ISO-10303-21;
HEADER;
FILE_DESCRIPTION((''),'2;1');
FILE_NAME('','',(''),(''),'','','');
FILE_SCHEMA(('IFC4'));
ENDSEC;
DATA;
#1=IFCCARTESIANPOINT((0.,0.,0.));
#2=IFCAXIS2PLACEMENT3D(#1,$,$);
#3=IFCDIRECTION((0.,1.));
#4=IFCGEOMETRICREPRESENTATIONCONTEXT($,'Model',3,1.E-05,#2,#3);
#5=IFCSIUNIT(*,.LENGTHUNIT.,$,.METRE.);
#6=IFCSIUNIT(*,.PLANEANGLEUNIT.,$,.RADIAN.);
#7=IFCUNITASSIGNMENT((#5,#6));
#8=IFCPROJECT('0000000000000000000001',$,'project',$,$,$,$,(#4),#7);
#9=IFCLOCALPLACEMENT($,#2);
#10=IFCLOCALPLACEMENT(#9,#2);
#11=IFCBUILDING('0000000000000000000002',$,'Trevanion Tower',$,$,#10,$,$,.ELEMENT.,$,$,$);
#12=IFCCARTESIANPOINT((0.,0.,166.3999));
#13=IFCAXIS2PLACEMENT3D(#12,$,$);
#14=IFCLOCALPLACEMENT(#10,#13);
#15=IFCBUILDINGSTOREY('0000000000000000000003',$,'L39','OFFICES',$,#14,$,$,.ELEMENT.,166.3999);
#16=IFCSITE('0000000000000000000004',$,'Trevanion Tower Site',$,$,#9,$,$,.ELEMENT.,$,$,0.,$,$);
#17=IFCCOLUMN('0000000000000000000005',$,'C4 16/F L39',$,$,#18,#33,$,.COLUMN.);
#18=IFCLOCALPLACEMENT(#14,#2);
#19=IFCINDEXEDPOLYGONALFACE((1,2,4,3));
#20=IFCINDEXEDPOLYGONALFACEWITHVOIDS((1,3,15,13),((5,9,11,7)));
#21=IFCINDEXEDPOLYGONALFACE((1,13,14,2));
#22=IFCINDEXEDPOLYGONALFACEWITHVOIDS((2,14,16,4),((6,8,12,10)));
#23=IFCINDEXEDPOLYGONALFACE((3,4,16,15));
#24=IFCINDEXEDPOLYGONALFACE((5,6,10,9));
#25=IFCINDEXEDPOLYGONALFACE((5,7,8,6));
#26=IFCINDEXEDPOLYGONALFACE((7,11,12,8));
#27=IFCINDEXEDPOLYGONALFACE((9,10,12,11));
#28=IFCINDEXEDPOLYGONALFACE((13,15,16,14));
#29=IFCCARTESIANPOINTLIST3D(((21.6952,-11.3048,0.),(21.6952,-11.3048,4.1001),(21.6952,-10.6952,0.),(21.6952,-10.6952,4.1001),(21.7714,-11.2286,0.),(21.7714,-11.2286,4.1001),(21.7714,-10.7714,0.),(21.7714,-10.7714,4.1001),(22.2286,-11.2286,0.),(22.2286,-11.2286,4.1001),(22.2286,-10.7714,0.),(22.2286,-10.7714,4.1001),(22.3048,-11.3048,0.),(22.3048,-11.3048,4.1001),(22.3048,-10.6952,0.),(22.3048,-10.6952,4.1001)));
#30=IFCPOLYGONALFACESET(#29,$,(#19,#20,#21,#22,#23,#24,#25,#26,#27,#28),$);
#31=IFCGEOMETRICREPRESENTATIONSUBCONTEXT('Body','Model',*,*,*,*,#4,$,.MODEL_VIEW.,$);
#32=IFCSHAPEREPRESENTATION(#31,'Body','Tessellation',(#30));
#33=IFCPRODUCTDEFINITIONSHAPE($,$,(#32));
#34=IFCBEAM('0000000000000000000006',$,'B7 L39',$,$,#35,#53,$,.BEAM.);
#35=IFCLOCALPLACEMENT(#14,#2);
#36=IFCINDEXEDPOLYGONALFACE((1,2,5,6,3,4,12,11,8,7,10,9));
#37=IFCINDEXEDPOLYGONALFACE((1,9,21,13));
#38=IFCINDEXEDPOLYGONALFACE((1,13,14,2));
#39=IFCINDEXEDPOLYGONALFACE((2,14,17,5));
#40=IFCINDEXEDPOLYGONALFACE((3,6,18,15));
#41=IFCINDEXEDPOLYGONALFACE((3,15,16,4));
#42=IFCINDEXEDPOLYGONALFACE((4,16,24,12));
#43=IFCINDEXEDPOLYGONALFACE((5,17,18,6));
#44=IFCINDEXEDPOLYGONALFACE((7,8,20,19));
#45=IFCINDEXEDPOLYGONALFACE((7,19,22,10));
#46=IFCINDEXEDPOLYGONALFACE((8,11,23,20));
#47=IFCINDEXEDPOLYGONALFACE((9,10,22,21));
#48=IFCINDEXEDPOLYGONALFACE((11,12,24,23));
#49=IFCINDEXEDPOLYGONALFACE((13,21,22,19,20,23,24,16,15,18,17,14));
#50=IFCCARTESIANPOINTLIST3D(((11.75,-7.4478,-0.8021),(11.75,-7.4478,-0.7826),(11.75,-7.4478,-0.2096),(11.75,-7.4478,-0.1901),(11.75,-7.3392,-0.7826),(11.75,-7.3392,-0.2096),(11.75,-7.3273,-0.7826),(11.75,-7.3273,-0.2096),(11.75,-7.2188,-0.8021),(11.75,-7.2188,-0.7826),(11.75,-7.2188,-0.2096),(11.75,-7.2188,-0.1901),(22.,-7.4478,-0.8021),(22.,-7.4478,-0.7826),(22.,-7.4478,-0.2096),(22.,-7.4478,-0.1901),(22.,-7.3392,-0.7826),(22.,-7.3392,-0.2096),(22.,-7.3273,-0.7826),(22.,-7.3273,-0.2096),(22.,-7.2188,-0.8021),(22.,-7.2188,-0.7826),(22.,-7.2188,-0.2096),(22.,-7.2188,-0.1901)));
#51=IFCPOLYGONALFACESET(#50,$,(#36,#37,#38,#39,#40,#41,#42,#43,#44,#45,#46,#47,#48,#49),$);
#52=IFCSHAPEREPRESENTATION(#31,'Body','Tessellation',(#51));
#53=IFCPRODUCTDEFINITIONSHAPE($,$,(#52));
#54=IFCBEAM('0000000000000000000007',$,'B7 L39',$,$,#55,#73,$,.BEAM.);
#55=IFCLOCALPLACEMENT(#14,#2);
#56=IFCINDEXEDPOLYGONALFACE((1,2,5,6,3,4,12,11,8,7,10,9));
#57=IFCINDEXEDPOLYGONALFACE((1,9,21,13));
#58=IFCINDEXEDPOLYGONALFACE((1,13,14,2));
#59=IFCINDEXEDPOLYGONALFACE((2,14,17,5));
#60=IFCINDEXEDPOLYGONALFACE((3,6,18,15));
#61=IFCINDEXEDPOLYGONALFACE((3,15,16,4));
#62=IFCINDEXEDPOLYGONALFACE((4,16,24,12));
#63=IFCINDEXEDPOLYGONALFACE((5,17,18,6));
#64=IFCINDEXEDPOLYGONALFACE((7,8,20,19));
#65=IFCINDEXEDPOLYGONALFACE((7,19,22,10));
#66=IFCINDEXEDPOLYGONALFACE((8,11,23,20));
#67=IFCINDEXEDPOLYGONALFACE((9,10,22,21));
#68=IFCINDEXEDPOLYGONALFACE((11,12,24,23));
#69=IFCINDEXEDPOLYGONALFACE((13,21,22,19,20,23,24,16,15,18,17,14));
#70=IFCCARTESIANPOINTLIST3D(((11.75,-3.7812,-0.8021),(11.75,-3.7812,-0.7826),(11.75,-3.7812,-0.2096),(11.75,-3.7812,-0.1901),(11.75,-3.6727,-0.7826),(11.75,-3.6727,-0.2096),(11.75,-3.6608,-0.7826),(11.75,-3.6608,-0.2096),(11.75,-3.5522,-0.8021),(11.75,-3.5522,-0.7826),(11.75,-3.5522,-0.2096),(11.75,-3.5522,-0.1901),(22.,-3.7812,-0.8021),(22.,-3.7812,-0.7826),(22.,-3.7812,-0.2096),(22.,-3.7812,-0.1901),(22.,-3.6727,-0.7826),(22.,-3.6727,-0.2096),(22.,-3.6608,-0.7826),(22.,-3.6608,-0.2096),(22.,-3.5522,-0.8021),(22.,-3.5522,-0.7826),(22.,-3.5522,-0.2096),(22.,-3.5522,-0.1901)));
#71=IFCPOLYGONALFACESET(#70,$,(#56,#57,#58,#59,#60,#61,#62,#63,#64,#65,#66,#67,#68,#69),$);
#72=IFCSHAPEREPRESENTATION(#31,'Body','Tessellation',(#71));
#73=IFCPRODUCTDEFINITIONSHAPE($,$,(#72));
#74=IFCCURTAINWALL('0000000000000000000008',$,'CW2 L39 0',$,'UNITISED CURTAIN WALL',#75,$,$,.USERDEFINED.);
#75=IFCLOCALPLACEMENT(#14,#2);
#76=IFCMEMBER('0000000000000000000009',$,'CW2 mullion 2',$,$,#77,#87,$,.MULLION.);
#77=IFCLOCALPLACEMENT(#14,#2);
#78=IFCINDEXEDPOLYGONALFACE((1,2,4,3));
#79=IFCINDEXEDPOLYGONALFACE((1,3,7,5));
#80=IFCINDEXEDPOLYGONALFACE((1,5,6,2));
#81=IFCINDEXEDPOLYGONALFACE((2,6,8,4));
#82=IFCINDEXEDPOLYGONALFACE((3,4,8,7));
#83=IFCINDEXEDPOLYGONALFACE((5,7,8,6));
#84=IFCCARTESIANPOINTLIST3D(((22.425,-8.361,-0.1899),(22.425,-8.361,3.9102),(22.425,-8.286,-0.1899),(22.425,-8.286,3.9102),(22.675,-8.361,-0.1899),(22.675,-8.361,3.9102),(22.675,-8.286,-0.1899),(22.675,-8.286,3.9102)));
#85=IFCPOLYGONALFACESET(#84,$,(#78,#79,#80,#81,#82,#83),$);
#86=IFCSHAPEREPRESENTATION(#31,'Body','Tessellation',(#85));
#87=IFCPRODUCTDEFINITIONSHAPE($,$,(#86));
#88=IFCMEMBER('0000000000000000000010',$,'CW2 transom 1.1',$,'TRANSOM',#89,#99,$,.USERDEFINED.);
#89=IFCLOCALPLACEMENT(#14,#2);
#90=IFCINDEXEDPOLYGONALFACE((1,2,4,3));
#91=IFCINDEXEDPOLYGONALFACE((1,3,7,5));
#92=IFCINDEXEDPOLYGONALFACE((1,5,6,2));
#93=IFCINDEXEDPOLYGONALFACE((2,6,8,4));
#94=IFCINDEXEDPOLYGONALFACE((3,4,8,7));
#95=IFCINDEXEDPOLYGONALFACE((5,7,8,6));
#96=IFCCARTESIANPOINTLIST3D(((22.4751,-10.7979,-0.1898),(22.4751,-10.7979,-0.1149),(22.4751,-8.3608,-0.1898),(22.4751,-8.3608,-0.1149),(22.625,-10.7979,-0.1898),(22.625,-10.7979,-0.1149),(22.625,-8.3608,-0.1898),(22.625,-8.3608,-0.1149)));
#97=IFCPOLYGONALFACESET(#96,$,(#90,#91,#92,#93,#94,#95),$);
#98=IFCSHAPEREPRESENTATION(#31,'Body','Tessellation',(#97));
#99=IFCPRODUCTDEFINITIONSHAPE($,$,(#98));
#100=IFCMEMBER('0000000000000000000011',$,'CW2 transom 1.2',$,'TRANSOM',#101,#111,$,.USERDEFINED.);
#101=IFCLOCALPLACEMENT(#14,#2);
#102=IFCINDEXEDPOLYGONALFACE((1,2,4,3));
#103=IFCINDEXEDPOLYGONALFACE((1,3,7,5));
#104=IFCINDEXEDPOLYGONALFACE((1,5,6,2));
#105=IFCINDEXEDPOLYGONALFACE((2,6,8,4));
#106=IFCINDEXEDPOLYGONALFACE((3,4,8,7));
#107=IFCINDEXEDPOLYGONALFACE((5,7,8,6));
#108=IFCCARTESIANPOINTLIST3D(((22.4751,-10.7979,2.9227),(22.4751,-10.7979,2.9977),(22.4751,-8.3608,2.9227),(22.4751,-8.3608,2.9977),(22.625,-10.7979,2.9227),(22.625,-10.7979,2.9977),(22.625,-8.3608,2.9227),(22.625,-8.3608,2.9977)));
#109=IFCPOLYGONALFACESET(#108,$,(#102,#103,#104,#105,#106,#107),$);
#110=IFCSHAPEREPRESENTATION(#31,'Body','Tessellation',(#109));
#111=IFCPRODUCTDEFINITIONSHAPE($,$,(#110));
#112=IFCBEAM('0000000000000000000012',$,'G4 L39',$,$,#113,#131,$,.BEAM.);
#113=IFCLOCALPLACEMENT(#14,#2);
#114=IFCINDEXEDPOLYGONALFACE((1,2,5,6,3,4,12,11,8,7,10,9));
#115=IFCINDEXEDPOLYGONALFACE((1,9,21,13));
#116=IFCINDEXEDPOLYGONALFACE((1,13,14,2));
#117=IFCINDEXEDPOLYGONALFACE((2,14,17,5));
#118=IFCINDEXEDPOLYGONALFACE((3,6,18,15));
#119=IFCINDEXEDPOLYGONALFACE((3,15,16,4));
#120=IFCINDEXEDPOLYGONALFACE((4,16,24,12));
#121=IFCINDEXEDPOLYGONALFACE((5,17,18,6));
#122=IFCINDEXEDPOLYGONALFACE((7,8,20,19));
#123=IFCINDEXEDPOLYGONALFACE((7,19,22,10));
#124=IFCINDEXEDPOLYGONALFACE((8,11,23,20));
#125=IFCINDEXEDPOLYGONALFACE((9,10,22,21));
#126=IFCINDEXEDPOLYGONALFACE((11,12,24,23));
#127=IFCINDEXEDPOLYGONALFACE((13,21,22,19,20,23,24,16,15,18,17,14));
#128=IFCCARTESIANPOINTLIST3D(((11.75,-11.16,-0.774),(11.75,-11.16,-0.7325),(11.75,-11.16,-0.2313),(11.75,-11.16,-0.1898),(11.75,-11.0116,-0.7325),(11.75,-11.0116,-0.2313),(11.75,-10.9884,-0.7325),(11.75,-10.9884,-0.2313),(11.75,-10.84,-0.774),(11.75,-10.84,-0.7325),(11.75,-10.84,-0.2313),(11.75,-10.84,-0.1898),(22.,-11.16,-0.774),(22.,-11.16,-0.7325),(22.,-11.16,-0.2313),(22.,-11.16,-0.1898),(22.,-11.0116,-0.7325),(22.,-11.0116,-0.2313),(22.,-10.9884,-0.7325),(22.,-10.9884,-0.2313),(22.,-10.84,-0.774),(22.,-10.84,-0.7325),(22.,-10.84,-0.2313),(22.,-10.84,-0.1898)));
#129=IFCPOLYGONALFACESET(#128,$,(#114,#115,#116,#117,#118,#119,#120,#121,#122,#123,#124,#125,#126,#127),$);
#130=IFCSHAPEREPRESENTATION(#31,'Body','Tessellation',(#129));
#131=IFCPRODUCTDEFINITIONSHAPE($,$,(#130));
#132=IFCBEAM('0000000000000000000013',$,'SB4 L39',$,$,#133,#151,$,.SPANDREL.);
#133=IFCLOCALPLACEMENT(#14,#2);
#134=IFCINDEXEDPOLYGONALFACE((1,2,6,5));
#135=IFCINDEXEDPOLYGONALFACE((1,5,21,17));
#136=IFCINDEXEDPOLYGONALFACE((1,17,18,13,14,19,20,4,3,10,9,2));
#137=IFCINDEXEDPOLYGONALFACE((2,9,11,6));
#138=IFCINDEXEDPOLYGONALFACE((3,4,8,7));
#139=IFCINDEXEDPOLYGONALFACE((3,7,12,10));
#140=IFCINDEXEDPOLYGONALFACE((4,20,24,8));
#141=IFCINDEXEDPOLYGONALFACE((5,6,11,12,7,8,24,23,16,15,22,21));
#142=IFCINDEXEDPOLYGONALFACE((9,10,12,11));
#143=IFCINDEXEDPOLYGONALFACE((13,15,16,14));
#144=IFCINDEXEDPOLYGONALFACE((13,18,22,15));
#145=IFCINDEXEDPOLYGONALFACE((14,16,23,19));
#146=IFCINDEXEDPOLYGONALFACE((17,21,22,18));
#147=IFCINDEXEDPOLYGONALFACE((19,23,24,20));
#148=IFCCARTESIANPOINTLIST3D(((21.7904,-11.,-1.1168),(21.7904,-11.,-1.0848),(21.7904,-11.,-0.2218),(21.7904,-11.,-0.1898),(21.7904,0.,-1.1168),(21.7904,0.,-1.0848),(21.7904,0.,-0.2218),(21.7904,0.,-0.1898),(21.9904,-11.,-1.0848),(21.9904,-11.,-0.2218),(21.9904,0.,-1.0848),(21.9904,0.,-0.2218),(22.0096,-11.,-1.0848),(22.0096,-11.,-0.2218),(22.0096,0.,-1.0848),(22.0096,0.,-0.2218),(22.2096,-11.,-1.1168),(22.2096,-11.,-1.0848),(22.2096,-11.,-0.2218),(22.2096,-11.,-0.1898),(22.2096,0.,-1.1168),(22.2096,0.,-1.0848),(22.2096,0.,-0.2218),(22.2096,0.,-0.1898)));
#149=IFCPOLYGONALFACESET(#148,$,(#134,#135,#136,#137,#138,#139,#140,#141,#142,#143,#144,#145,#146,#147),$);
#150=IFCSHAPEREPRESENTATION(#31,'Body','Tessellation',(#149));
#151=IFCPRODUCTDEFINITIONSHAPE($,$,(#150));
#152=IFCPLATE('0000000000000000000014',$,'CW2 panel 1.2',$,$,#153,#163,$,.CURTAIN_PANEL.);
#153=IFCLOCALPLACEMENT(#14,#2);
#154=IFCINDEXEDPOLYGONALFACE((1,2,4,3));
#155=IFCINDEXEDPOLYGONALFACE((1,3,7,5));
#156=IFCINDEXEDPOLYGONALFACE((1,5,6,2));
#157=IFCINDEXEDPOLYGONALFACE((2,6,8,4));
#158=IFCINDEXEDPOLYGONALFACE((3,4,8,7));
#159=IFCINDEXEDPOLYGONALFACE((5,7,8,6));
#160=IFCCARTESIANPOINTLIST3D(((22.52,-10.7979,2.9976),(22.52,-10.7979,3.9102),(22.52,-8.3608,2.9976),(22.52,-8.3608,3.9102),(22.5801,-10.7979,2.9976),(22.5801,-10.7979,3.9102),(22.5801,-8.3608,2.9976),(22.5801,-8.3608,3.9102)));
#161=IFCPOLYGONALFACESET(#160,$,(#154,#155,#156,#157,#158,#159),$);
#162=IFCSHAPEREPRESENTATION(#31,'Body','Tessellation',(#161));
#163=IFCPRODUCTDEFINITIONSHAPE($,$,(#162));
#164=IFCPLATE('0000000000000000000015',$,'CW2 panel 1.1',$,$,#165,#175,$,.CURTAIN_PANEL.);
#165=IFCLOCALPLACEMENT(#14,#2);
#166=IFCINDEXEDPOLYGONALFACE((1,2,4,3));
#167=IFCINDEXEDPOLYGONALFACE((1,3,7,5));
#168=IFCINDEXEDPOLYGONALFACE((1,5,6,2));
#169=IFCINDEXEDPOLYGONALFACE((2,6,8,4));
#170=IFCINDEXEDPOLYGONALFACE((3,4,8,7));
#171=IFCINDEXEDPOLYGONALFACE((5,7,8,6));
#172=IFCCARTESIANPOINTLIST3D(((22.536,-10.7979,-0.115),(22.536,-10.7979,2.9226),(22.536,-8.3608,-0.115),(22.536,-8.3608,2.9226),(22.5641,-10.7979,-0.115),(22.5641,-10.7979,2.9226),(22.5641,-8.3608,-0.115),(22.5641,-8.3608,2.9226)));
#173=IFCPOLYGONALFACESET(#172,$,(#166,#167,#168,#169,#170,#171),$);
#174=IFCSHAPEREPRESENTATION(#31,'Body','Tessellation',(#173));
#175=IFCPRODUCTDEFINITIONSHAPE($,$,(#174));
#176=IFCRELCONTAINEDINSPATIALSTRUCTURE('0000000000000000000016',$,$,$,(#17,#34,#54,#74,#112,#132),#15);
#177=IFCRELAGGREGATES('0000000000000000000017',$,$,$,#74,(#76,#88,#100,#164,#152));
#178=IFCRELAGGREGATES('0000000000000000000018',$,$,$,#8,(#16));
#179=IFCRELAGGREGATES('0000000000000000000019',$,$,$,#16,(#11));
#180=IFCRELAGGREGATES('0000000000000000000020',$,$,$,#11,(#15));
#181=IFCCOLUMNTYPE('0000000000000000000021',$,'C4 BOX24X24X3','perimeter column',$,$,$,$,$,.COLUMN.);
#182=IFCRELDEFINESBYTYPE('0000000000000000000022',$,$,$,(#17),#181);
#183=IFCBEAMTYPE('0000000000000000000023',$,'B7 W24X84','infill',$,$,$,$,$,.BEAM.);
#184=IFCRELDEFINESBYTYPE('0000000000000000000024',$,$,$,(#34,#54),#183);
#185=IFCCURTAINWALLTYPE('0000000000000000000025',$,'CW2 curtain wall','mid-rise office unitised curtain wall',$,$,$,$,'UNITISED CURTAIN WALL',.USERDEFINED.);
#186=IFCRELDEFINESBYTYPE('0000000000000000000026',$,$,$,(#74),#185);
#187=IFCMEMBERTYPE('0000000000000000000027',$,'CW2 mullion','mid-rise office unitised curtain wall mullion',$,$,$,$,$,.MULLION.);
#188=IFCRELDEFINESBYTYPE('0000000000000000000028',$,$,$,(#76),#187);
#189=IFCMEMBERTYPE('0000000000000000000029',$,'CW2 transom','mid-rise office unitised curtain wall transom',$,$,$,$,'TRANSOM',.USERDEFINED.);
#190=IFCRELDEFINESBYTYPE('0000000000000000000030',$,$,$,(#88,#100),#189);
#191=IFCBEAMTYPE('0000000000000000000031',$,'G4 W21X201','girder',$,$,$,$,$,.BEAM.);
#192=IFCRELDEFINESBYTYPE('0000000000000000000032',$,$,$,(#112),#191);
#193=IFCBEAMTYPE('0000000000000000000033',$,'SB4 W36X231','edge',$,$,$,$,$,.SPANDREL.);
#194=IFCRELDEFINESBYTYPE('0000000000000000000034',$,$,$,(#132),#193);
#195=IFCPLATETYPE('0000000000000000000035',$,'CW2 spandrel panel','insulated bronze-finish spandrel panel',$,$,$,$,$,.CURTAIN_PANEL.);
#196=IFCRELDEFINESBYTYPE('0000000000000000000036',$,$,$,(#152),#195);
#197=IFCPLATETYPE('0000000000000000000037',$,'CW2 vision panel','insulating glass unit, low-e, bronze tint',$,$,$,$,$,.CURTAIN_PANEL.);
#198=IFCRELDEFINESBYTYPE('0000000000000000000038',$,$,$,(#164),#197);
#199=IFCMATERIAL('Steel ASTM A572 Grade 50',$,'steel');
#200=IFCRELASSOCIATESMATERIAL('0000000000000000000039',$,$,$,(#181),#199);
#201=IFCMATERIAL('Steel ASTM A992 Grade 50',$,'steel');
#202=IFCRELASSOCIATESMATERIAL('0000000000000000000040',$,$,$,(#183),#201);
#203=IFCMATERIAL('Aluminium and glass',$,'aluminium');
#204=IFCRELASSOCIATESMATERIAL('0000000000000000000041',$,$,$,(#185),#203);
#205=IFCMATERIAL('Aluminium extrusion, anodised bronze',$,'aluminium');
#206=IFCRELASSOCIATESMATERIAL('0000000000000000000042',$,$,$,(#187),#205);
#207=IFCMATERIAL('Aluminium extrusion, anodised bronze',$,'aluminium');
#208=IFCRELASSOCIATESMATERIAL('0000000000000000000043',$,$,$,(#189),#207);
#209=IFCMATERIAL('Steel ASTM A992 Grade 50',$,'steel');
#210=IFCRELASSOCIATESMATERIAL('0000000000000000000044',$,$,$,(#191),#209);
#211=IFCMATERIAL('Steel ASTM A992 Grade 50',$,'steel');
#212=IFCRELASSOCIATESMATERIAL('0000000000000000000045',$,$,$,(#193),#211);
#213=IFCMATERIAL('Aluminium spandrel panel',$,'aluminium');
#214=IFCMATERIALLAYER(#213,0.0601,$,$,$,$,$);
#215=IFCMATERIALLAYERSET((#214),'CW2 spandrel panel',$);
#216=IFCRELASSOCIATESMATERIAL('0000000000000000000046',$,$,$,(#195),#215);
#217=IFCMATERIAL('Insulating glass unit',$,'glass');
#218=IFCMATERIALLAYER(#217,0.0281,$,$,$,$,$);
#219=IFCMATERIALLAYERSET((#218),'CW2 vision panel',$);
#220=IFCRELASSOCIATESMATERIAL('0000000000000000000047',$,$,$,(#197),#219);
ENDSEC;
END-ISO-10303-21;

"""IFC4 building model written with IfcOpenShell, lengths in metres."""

from ifc_helpers import new_model, si_unit, direction, frame, origin, origin_2d, place, context, subcontext, project, spatial, rectangle, hollow_rectangle, i_section, extrude, material, layer, layer_set, material_profile, profile_set, type_object, element, aggregate, save


model = new_model("IFC4")

# Units and contexts
model_context = context("Model", 3, precision=1e-05, world=origin(), true_north=direction((0.0, 1.0)))
body_context = subcontext(model_context, "Body", "Model", "MODEL_VIEW")
ifc_project = project(units=[si_unit("LENGTHUNIT", "METRE"), si_unit("PLANEANGLEUNIT", "RADIAN")], contexts=[model_context])

# Site, building, storey
site_placement = place(None, origin())
site = spatial("IfcSite", under=ifc_project, at=site_placement, Name="Trevanion Tower Site", CompositionType="ELEMENT", RefElevation=0.0)
building_placement = place(site_placement, origin())
building = spatial("IfcBuilding", under=site, at=building_placement, Name="Trevanion Tower", CompositionType="ELEMENT")
storey_placement = place(building_placement, frame((0.0, 0.0, 166.3999)))
storey = spatial("IfcBuildingStorey", under=building, at=storey_placement, Name="L39", Description="OFFICES", CompositionType="ELEMENT", Elevation=166.3999)

# Column
ifc_material_1 = material(Name="Steel ASTM A572 Grade 50", Category="steel")
ifc_material_profile_1 = material_profile(ifc_material_1, hollow_rectangle(XDim=0.6096, YDim=0.6096, WallThickness=0.0762, at=origin_2d()), Name="BOX24X24X3")
ifc_profile_set_1 = profile_set([ifc_material_profile_1], Name="Steel ASTM A572 Grade 50")
column_type = type_object("IfcColumnType", Name="C4 BOX24X24X3", Description="perimeter column", PredefinedType="COLUMN", material=ifc_profile_set_1)
column_placement = place(storey_placement, frame((22.0, -11.0, 0.0), z_axis=(0.0, 0.0, 1.0), x_axis=(0.0, 1.0, 0.0)))
element("IfcColumn", 1, at=column_placement, inside=storey, type_object=column_type, Name="C4 16/F L39", PredefinedType="COLUMN", context=body_context, shape_type="SweptSolid", body=[
    extrude(hollow_rectangle(XDim=0.6096, YDim=0.6096, WallThickness=0.0762, at=origin_2d()), origin(), (0.0, 0.0, 1.0), 4.1001),
])

# Beams
ifc_material_2 = material(Name="Steel ASTM A992 Grade 50", Category="steel")
ifc_material_profile_2 = material_profile(ifc_material_2, i_section(OverallWidth=0.229, OverallDepth=0.6121, WebThickness=0.012, FlangeThickness=0.0195, at=origin_2d()), Name="W24X84")
ifc_profile_set_2 = profile_set([ifc_material_profile_2], Name="Steel ASTM A992 Grade 50")
beam_type_1 = type_object("IfcBeamType", Name="B7 W24X84", Description="infill", PredefinedType="BEAM", material=ifc_profile_set_2)
for number, where, z_axis, x_axis, name in (
    (2, (11.75, -7.3333, -0.4961), (1.0, 0.0, 0.0), (0.0, 1.0, 0.0), "B7 L39"),
    (3, (11.75, -3.6667, -0.4961), (1.0, 0.0, 0.0), (0.0, 1.0, 0.0), "B7 L39"),
):
    element("IfcBeam", number, at=place(storey_placement, frame(where, z_axis=z_axis, x_axis=x_axis)), inside=storey, type_object=beam_type_1, Name=name, PredefinedType="BEAM", context=body_context, shape_type="SweptSolid", body=[
        extrude(i_section(OverallWidth=0.229, OverallDepth=0.6121, WebThickness=0.012, FlangeThickness=0.0195, at=origin_2d()), origin(), (0.0, 0.0, 1.0), 10.25),
    ])

# Curtain wall, members
ifc_material_3 = material(Name="Aluminium and glass", Category="aluminium")
curtain_wall_type = type_object("IfcCurtainWallType", Name="CW2 curtain wall", Description="mid-rise office unitised curtain wall", ElementType="UNITISED CURTAIN WALL", PredefinedType="USERDEFINED", material=ifc_material_3)
curtain_wall_placement = place(storey_placement, origin())
curtain_wall = element("IfcCurtainWall", 4, at=curtain_wall_placement, inside=storey, type_object=curtain_wall_type, Name="CW2 L39 0", ObjectType="UNITISED CURTAIN WALL", PredefinedType="USERDEFINED")
ifc_material_4 = material(Name="Aluminium extrusion, anodised bronze", Category="aluminium")
ifc_material_profile_3 = material_profile(ifc_material_4, rectangle(XDim=0.075, YDim=0.25, at=origin_2d()), Name="CW2 mullion")
ifc_profile_set_3 = profile_set([ifc_material_profile_3], Name="Aluminium extrusion, anodised bronze")
member_type_1 = type_object("IfcMemberType", Name="CW2 mullion", Description="mid-rise office unitised curtain wall mullion", PredefinedType="MULLION", material=ifc_profile_set_3)
member_1_placement = place(storey_placement, frame((22.55, -8.3235, -0.1899), z_axis=(0.0, 0.0, 1.0), x_axis=(0.0, 1.0, 0.0)))
member_1 = element("IfcMember", 5, at=member_1_placement, type_object=member_type_1, Name="CW2 mullion 2", PredefinedType="MULLION", context=body_context, shape_type="SweptSolid", body=[
    extrude(rectangle(XDim=0.075, YDim=0.25, at=origin_2d()), origin(), (0.0, 0.0, 1.0), 4.1001),
])
ifc_material_5 = material(Name="Aluminium extrusion, anodised bronze", Category="aluminium")
ifc_material_profile_4 = material_profile(ifc_material_5, rectangle(XDim=0.1499, YDim=0.075, at=origin_2d()), Name="CW2 transom")
ifc_profile_set_4 = profile_set([ifc_material_profile_4], Name="Aluminium extrusion, anodised bronze")
member_type_2 = type_object("IfcMemberType", Name="CW2 transom", Description="mid-rise office unitised curtain wall transom", ElementType="TRANSOM", PredefinedType="USERDEFINED", material=ifc_profile_set_4)
member_2_placement = place(storey_placement, frame((22.55, -10.7979, -0.1523), z_axis=(0.0, 1.0, 0.0), x_axis=(-1.0, 0.0, 0.0)))
member_2 = element("IfcMember", 6, at=member_2_placement, type_object=member_type_2, Name="CW2 transom 1.1", ObjectType="TRANSOM", PredefinedType="USERDEFINED", context=body_context, shape_type="SweptSolid", body=[
    extrude(rectangle(XDim=0.1499, YDim=0.075, at=origin_2d()), origin(), (0.0, 0.0, 1.0), 2.437),
])
member_3_placement = place(storey_placement, frame((22.55, -10.7979, 2.9602), z_axis=(0.0, 1.0, 0.0), x_axis=(-1.0, 0.0, 0.0)))
member_3 = element("IfcMember", 7, at=member_3_placement, type_object=member_type_2, Name="CW2 transom 1.2", ObjectType="TRANSOM", PredefinedType="USERDEFINED", context=body_context, shape_type="SweptSolid", body=[
    extrude(rectangle(XDim=0.1499, YDim=0.075, at=origin_2d()), origin(), (0.0, 0.0, 1.0), 2.437),
])

# Beams
ifc_material_6 = material(Name="Steel ASTM A992 Grade 50", Category="steel")
ifc_material_profile_5 = material_profile(ifc_material_6, i_section(OverallWidth=0.3201, OverallDepth=0.5842, WebThickness=0.0232, FlangeThickness=0.0415, at=origin_2d()), Name="W21X201")
ifc_profile_set_5 = profile_set([ifc_material_profile_5], Name="Steel ASTM A992 Grade 50")
beam_type_2 = type_object("IfcBeamType", Name="G4 W21X201", Description="girder", PredefinedType="BEAM", material=ifc_profile_set_5)
beam_1_placement = place(storey_placement, frame((11.75, -11.0, -0.4819), z_axis=(1.0, 0.0, 0.0), x_axis=(0.0, 1.0, 0.0)))
element("IfcBeam", 8, at=beam_1_placement, inside=storey, type_object=beam_type_2, Name="G4 L39", PredefinedType="BEAM", context=body_context, shape_type="SweptSolid", body=[
    extrude(i_section(OverallWidth=0.3201, OverallDepth=0.5842, WebThickness=0.0232, FlangeThickness=0.0415, at=origin_2d()), origin(), (0.0, 0.0, 1.0), 10.25),
])
ifc_material_7 = material(Name="Steel ASTM A992 Grade 50", Category="steel")
ifc_material_profile_6 = material_profile(ifc_material_7, i_section(OverallWidth=0.4192, OverallDepth=0.927, WebThickness=0.0193, FlangeThickness=0.032, at=origin_2d()), Name="W36X231")
ifc_profile_set_6 = profile_set([ifc_material_profile_6], Name="Steel ASTM A992 Grade 50")
beam_type_3 = type_object("IfcBeamType", Name="SB4 W36X231", Description="edge", PredefinedType="SPANDREL", material=ifc_profile_set_6)
beam_2_placement = place(storey_placement, frame((22.0, -11.0, -0.6533), z_axis=(0.0, 1.0, 0.0), x_axis=(-1.0, 0.0, 0.0)))
element("IfcBeam", 9, at=beam_2_placement, inside=storey, type_object=beam_type_3, Name="SB4 L39", PredefinedType="SPANDREL", context=body_context, shape_type="SweptSolid", body=[
    extrude(i_section(OverallWidth=0.4192, OverallDepth=0.927, WebThickness=0.0193, FlangeThickness=0.032, at=origin_2d()), origin(), (0.0, 0.0, 1.0), 11.0),
])

# Plates
ifc_material_8 = material(Name="Aluminium spandrel panel", Category="aluminium")
ifc_layer_1 = layer(ifc_material_8, 0.0601)
ifc_layer_set_1 = layer_set([ifc_layer_1], Name="CW2 spandrel panel")
plate_type_1 = type_object("IfcPlateType", Name="CW2 spandrel panel", Description="insulated bronze-finish spandrel panel", PredefinedType="CURTAIN_PANEL", material=ifc_layer_set_1)
plate_1_placement = place(storey_placement, frame((22.55, -9.5793, 2.9976), z_axis=(0.0, 0.0, 1.0), x_axis=(0.0, 1.0, 0.0)))
plate_1 = element("IfcPlate", 10, at=plate_1_placement, type_object=plate_type_1, Name="CW2 panel 1.2", PredefinedType="CURTAIN_PANEL", context=body_context, shape_type="SweptSolid", body=[
    extrude(rectangle(XDim=2.437, YDim=0.0601, at=origin_2d()), origin(), (0.0, 0.0, 1.0), 0.9126),
])
ifc_material_9 = material(Name="Insulating glass unit", Category="glass")
ifc_layer_2 = layer(ifc_material_9, 0.0281)
ifc_layer_set_2 = layer_set([ifc_layer_2], Name="CW2 vision panel")
plate_type_2 = type_object("IfcPlateType", Name="CW2 vision panel", Description="insulating glass unit, low-e, bronze tint", PredefinedType="CURTAIN_PANEL", material=ifc_layer_set_2)
plate_2_placement = place(storey_placement, frame((22.55, -9.5793, -0.115), z_axis=(0.0, 0.0, 1.0), x_axis=(0.0, 1.0, 0.0)))
plate_2 = element("IfcPlate", 11, at=plate_2_placement, type_object=plate_type_2, Name="CW2 panel 1.1", PredefinedType="CURTAIN_PANEL", context=body_context, shape_type="SweptSolid", body=[
    extrude(rectangle(XDim=2.437, YDim=0.0281, at=origin_2d()), origin(), (0.0, 0.0, 1.0), 3.0376),
])
aggregate(curtain_wall, [member_1, member_2, member_3, plate_2, plate_1])

save(model, "model.ifc")
